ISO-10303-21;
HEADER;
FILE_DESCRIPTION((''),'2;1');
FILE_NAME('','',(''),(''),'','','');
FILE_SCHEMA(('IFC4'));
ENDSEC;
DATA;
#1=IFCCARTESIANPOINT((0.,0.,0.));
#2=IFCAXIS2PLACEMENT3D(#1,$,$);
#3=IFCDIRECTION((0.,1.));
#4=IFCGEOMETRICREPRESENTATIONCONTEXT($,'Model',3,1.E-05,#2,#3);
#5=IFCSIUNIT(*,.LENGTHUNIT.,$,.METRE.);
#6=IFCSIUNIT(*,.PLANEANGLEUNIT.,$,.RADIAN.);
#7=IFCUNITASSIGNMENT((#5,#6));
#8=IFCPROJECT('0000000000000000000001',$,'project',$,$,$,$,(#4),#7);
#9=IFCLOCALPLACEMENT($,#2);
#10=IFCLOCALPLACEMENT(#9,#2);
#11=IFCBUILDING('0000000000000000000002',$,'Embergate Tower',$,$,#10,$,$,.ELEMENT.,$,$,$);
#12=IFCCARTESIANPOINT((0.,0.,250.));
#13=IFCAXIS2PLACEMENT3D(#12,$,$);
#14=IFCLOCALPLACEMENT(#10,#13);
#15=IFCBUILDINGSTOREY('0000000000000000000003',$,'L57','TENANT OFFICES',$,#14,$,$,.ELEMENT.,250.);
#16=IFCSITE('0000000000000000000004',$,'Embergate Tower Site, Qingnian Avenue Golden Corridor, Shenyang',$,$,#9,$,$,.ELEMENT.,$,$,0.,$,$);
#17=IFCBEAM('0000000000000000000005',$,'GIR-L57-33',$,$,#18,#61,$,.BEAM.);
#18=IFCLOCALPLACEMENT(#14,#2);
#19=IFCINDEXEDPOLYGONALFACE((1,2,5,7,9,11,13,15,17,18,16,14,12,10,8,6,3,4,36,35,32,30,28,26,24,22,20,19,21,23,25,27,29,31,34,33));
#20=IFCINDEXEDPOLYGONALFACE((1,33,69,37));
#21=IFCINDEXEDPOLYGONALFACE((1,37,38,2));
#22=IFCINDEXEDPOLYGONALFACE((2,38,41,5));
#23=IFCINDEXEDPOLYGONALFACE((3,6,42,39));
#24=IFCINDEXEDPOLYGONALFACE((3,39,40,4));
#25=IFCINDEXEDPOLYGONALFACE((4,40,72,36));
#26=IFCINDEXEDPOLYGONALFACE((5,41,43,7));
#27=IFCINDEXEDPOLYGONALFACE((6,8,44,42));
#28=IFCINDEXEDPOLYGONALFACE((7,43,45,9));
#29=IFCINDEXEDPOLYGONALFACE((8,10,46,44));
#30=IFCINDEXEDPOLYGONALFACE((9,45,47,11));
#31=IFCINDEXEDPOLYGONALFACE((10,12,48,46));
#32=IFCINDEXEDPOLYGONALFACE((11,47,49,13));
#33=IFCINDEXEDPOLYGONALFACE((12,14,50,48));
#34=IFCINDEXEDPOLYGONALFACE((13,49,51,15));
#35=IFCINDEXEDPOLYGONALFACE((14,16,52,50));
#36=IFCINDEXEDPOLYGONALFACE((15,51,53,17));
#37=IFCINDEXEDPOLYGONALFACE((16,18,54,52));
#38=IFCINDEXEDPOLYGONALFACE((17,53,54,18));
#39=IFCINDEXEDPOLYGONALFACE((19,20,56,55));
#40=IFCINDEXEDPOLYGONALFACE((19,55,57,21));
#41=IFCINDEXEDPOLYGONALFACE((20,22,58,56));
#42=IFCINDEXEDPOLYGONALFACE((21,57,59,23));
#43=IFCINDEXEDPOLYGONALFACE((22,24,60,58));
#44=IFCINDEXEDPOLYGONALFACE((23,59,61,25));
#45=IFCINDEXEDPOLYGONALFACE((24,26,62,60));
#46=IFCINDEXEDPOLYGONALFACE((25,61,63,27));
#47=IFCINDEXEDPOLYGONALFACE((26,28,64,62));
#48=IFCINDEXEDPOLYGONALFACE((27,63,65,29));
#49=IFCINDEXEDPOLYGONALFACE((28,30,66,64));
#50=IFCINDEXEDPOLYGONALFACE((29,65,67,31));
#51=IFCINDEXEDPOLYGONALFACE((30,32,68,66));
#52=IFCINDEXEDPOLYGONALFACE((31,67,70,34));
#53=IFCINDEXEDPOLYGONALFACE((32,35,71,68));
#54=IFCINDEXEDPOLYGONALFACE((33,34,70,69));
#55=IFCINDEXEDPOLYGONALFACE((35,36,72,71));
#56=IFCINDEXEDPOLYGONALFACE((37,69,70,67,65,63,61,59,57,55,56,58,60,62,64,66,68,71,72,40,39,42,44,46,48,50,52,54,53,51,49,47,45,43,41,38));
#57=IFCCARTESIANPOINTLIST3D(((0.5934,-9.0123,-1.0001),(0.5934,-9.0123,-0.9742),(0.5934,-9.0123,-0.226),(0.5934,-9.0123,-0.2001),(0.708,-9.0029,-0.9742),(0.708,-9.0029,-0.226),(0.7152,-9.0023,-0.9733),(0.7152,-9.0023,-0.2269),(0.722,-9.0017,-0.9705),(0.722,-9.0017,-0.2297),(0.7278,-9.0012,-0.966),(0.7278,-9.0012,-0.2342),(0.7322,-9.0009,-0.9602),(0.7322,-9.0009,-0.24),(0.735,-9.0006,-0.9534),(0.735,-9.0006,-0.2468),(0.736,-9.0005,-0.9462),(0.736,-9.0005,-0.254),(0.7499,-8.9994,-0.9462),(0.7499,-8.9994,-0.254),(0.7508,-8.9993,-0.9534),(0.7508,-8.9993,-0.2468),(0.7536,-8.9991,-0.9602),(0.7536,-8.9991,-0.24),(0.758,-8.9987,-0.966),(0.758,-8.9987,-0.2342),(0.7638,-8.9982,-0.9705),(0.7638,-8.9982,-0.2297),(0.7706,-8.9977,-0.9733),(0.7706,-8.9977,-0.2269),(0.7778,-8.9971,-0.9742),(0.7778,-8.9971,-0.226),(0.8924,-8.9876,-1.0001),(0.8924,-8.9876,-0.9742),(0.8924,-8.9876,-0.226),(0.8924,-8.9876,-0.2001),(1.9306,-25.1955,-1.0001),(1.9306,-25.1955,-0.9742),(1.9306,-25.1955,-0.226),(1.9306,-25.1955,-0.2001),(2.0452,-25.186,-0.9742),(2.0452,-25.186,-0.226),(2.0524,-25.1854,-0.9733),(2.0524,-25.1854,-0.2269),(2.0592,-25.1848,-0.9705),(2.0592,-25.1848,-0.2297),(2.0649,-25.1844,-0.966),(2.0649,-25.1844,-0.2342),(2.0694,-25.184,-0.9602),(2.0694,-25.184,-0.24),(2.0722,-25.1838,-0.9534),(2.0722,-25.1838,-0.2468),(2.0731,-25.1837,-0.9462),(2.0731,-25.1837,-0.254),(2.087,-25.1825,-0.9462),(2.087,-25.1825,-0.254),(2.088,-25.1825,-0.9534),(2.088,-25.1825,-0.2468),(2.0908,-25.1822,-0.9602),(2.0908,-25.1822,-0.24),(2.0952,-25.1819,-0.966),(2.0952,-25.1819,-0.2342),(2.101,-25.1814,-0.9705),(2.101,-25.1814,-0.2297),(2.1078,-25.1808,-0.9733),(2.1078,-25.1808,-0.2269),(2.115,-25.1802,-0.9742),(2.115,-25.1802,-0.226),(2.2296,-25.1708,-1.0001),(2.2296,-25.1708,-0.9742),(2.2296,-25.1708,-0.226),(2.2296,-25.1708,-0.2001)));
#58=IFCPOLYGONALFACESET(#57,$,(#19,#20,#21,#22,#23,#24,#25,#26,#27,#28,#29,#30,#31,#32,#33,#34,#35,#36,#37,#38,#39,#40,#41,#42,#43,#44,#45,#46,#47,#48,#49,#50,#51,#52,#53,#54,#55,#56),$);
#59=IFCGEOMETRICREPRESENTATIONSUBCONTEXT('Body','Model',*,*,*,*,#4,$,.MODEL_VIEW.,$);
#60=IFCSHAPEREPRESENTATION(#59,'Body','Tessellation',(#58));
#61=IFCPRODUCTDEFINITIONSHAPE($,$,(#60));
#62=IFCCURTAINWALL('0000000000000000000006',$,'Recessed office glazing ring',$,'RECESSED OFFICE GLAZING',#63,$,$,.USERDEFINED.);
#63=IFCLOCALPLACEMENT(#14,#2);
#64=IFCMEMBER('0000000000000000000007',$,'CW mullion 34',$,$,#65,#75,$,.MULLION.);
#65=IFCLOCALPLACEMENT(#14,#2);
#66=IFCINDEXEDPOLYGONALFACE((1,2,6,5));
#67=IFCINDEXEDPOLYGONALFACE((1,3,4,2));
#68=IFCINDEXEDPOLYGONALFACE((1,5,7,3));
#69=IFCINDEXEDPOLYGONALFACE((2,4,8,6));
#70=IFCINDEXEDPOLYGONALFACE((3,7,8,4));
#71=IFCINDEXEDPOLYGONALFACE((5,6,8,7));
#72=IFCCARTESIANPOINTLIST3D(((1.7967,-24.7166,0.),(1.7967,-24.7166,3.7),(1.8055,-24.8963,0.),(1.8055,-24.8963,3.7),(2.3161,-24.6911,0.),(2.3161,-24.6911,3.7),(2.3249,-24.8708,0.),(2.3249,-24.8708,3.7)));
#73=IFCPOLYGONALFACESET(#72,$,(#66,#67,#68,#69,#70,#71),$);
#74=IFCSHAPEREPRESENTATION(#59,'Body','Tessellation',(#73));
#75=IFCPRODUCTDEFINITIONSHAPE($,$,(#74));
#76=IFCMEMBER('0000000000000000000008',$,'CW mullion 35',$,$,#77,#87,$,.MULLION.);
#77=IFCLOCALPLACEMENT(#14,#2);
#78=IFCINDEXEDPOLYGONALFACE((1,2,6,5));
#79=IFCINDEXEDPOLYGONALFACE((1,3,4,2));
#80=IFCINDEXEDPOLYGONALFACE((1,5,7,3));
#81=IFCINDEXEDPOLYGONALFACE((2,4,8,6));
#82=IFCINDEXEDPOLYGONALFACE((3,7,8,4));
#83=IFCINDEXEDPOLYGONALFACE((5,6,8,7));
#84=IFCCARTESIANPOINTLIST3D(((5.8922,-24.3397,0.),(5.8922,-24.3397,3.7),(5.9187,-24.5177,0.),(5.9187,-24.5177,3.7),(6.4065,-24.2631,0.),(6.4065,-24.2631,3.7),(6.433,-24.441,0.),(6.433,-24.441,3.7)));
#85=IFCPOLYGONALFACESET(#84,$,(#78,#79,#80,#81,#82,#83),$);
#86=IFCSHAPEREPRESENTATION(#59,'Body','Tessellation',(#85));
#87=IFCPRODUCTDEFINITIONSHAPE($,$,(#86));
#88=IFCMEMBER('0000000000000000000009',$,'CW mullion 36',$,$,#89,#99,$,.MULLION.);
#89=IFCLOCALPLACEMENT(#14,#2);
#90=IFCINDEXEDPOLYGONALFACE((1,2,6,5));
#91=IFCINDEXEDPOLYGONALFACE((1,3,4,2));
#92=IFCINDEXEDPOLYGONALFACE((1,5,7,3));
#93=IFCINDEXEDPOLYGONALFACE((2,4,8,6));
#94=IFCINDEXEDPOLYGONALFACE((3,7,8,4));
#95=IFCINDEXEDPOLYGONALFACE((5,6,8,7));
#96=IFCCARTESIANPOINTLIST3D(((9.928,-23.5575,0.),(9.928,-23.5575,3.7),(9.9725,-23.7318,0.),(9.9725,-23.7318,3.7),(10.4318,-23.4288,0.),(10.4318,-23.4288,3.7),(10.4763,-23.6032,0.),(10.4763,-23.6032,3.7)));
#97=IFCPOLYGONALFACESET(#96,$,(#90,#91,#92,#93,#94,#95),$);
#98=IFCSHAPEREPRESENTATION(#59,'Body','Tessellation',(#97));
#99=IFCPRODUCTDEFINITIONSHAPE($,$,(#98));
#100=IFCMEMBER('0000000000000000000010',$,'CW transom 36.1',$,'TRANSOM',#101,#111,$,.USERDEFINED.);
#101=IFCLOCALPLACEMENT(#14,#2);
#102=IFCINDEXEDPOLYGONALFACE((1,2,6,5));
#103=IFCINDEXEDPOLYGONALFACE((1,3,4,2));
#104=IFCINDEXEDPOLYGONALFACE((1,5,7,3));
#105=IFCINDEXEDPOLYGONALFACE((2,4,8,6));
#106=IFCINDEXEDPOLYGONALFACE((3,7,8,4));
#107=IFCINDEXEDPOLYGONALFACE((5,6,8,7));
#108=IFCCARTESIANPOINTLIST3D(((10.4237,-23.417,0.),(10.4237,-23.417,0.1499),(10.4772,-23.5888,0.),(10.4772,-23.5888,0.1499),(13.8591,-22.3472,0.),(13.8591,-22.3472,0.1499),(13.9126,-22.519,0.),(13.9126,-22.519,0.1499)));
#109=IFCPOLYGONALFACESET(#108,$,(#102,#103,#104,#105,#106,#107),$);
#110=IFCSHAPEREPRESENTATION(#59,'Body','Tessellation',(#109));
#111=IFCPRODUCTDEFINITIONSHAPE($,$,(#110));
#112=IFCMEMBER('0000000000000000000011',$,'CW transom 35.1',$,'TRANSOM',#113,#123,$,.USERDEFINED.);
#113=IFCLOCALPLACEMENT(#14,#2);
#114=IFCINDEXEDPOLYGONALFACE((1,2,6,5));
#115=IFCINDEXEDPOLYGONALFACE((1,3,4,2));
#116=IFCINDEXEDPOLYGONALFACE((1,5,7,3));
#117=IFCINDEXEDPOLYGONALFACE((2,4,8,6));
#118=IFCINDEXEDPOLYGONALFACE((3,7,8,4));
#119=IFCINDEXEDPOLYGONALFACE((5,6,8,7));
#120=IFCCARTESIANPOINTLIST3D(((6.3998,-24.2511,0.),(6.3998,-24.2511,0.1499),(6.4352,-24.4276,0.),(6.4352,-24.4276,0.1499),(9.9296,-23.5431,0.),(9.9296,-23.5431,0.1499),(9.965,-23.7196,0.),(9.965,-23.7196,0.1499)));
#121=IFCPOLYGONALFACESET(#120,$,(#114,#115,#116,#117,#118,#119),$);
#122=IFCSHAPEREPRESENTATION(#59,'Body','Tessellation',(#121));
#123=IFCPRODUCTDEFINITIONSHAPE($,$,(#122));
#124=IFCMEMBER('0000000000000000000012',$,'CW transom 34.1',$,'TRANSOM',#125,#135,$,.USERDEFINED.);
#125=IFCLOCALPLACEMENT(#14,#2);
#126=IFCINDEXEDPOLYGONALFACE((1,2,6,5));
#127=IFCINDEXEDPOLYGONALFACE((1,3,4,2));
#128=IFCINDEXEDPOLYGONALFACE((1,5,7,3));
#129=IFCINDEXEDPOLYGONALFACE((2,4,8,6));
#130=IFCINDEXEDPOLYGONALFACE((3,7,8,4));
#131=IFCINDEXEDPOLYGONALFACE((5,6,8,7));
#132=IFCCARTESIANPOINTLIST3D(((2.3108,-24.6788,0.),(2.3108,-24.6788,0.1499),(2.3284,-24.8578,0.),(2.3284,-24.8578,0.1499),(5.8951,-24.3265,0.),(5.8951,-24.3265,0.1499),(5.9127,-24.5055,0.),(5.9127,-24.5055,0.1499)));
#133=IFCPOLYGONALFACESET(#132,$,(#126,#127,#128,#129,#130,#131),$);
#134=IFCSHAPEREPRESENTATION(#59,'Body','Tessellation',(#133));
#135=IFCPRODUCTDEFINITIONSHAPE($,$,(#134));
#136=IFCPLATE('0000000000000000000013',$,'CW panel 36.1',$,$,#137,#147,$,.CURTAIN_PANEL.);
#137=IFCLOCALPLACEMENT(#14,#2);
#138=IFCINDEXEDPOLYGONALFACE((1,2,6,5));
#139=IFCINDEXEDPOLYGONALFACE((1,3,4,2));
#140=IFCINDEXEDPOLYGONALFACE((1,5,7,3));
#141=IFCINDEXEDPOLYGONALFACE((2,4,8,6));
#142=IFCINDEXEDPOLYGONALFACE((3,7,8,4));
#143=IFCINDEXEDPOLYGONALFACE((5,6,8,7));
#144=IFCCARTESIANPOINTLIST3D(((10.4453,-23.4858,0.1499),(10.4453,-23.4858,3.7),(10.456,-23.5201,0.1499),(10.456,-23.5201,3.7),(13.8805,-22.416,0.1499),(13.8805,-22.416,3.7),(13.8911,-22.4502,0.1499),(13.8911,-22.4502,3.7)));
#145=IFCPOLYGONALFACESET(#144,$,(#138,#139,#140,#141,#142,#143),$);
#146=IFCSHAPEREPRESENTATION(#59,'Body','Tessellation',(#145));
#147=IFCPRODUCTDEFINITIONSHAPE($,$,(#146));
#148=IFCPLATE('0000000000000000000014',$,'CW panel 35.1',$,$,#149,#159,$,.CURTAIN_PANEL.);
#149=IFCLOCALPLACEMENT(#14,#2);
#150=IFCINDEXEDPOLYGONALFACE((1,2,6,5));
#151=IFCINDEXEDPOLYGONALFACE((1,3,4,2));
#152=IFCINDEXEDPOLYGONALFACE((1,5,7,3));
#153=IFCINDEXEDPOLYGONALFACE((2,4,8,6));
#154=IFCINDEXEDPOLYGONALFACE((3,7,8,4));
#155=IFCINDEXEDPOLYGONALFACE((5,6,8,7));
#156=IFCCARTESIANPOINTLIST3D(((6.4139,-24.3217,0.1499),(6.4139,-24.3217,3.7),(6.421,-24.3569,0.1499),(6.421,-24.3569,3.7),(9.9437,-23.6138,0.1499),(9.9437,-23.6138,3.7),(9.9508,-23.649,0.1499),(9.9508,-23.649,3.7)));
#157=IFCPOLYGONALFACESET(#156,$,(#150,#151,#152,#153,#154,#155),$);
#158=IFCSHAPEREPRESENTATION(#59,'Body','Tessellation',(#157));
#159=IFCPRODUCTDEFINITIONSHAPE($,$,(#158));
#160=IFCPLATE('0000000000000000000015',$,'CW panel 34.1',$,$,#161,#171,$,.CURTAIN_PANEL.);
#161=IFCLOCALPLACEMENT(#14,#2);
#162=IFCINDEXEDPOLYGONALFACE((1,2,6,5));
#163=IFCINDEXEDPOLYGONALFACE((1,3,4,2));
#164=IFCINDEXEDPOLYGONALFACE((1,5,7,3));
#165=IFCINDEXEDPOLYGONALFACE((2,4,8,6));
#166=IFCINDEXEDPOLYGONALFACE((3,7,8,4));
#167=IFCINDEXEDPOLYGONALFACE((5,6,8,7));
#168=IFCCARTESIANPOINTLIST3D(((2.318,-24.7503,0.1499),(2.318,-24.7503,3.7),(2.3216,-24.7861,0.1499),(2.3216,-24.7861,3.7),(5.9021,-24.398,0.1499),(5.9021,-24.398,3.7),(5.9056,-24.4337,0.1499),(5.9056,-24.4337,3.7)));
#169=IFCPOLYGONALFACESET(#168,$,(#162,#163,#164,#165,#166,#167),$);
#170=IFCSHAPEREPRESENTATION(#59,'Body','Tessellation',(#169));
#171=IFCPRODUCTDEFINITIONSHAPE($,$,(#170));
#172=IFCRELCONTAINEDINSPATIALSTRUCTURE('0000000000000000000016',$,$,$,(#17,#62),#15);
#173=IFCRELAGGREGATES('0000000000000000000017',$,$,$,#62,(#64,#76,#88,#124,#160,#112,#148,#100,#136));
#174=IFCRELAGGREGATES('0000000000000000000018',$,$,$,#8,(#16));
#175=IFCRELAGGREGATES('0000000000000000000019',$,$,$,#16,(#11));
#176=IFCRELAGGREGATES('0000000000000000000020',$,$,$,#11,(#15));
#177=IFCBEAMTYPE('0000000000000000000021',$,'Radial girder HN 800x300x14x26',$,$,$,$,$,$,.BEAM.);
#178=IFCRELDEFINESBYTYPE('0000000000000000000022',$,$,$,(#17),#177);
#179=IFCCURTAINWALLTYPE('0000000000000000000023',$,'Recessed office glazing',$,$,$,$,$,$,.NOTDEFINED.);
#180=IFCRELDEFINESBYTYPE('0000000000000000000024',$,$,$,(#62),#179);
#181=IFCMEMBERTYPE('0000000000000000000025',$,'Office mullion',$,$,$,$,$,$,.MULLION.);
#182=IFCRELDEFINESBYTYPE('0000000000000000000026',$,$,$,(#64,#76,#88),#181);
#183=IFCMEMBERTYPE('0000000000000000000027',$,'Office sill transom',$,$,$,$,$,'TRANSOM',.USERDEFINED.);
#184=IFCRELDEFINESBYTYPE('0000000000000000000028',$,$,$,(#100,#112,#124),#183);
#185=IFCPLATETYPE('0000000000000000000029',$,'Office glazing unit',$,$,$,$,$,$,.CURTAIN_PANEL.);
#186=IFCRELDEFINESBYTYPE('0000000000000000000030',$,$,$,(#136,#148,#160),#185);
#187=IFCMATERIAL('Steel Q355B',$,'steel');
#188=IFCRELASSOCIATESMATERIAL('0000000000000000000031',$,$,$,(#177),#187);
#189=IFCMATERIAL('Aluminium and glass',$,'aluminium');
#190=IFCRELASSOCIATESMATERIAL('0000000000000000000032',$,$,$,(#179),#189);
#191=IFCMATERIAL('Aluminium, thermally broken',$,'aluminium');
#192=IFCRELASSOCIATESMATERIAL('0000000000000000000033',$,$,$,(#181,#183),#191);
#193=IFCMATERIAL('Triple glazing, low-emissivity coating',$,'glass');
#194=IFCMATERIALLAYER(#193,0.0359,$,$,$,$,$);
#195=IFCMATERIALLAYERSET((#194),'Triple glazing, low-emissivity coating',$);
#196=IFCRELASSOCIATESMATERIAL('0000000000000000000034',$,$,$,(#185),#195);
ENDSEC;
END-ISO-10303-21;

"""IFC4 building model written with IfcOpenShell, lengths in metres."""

from ifc_helpers import new_model, si_unit, direction, frame, origin, origin_2d, place, context, subcontext, project, spatial, rectangle, i_section, extrude, source, transform, mapped, material, layer, layer_set, material_profile, profile_set, type_object, element, aggregate, save


model = new_model("IFC4")

# Units and contexts
model_context = context("Model", 3, precision=1e-05, world=origin(), true_north=direction((0.0, 1.0)))
body_context = subcontext(model_context, "Body", "Model", "MODEL_VIEW")
ifc_project = project(units=[si_unit("LENGTHUNIT", "METRE"), si_unit("PLANEANGLEUNIT", "RADIAN")], contexts=[model_context])

# Site, building, storey
site_placement = place(None, origin())
site = spatial("IfcSite", under=ifc_project, at=site_placement, Name="Embergate Tower Site, Qingnian Avenue Golden Corridor, Shenyang", CompositionType="ELEMENT", RefElevation=0.0)
building_placement = place(site_placement, origin())
building = spatial("IfcBuilding", under=site, at=building_placement, Name="Embergate Tower", CompositionType="ELEMENT")
storey_placement = place(building_placement, frame((0.0, 0.0, 250.0)))
storey = spatial("IfcBuildingStorey", under=building, at=storey_placement, Name="L57", Description="TENANT OFFICES", CompositionType="ELEMENT", Elevation=250.0)

# Beam
ifc_material_1 = material(Name="Steel Q355B", Category="steel")
ifc_material_profile_1 = material_profile(ifc_material_1, i_section(OverallWidth=0.3, OverallDepth=0.8, WebThickness=0.0139, FlangeThickness=0.0259, FilletRadius=0.0281, at=origin_2d()), Name="HN 800x300x14x26")
ifc_profile_set_1 = profile_set([ifc_material_profile_1], Name="Steel Q355 grade B")
beam_type_1 = type_object("IfcBeamType", Name="Radial girder HN 800x300x14x26", PredefinedType="BEAM", material=ifc_profile_set_1)
shared_shape_1 = source(origin(), body_context, "Body", "SweptSolid", [
    extrude(i_section(OverallWidth=0.3, OverallDepth=0.8, WebThickness=0.0139, FlangeThickness=0.0259, FilletRadius=0.0281, at=origin_2d()), origin(), (0.0, 0.0, 1.0), 16.2383),
])
beam_1_placement = place(storey_placement, frame((2.0801, -25.1831, -0.6001), z_axis=(-0.082346, 0.996604, 0.0), x_axis=(-0.996604, -0.082346, 0.0)))
element("IfcBeam", 1, at=beam_1_placement, inside=storey, type_object=beam_type_1, Name="GIR-L57-33", PredefinedType="BEAM", context=body_context, shape_type="MappedRepresentation", body=[
    mapped(shared_shape_1, transform((0.0, 0.0, 0.0))),
])

# Curtain wall, members, plates
ifc_material_2 = material(Name="Aluminium and glass", Category="aluminium")
curtain_wall_type = type_object("IfcCurtainWallType", Name="Recessed office glazing", PredefinedType="NOTDEFINED", material=ifc_material_2)
curtain_wall_placement = place(storey_placement, origin())
curtain_wall = element("IfcCurtainWall", 2, at=curtain_wall_placement, inside=storey, type_object=curtain_wall_type, Name="Recessed office glazing ring", ObjectType="RECESSED OFFICE GLAZING", PredefinedType="USERDEFINED")
ifc_material_3 = material(Name="Aluminium, thermally broken", Category="aluminium")
ifc_material_profile_2 = material_profile(ifc_material_3, rectangle(XDim=0.1799, YDim=0.52, at=origin_2d()), Name="AL 520x180")
ifc_profile_set_2 = profile_set([ifc_material_profile_2], Name="Aluminium, thermally broken")
member_type_1 = type_object("IfcMemberType", Name="Office mullion", PredefinedType="MULLION", material=ifc_profile_set_2)
shared_shape_2 = source(origin(), body_context, "Body", "SweptSolid", [
    extrude(rectangle(XDim=0.1799, YDim=0.52, at=origin_2d()), origin(), (0.0, 0.0, 1.0), 3.7),
])
member_1_placement = place(storey_placement, frame((2.0608, -24.7937, 0.0), z_axis=(0.0, 0.0, 1.0), x_axis=(-0.048972, 0.9988, 0.0)))
member_1 = element("IfcMember", 3, at=member_1_placement, type_object=member_type_1, Name="CW mullion 34", PredefinedType="MULLION", context=body_context, shape_type="MappedRepresentation", body=[
    mapped(shared_shape_2, transform((0.0, 0.0, 0.0))),
])
member_2_placement = place(storey_placement, frame((6.1626, -24.3904, 0.0), z_axis=(0.0, 0.0, 1.0), x_axis=(-0.147412, 0.989075, 0.0)))
member_2 = element("IfcMember", 4, at=member_2_placement, type_object=member_type_1, Name="CW mullion 35", PredefinedType="MULLION", context=body_context, shape_type="MappedRepresentation", body=[
    mapped(shared_shape_2, transform((0.0, 0.0, 0.0))),
])
member_3_placement = place(storey_placement, frame((10.2021, -23.5803, 0.0), z_axis=(0.0, 0.0, 1.0), x_axis=(-0.247312, 0.968936, 0.0)))
member_3 = element("IfcMember", 5, at=member_3_placement, type_object=member_type_1, Name="CW mullion 36", PredefinedType="MULLION", context=body_context, shape_type="MappedRepresentation", body=[
    mapped(shared_shape_2, transform((0.0, 0.0, 0.0))),
])
ifc_material_profile_3 = material_profile(ifc_material_3, rectangle(XDim=0.1799, YDim=0.1499, at=origin_2d()), Name="AL 150x180")
ifc_profile_set_3 = profile_set([ifc_material_profile_3], Name="Aluminium, thermally broken")
member_type_2 = type_object("IfcMemberType", Name="Office sill transom", ElementType="TRANSOM", PredefinedType="USERDEFINED", material=ifc_profile_set_3)
shared_shape_3 = source(origin(), body_context, "Body", "SweptSolid", [
    extrude(rectangle(XDim=0.1799, YDim=0.1499, at=origin_2d()), origin(), (0.0, 0.0, 1.0), 3.5981),
])
member_4_placement = place(storey_placement, frame((10.4504, -23.5029, 0.075), z_axis=(0.954773, 0.297336, 0.0), x_axis=(-0.297336, 0.954773, 0.0)))
member_4 = element("IfcMember", 6, at=member_4_placement, type_object=member_type_2, Name="CW transom 36.1", ObjectType="TRANSOM", PredefinedType="USERDEFINED", context=body_context, shape_type="MappedRepresentation", body=[
    mapped(shared_shape_3, transform((0.0, 0.0, 0.0))),
])
shared_shape_4 = source(origin(), body_context, "Body", "SweptSolid", [
    extrude(rectangle(XDim=0.1799, YDim=0.1499, at=origin_2d()), origin(), (0.0, 0.0, 1.0), 3.6001),
])
member_5_placement = place(storey_placement, frame((6.4175, -24.3394, 0.075), z_axis=(0.980471, 0.196664, 0.0), x_axis=(-0.196664, 0.980471, 0.0)))
member_5 = element("IfcMember", 7, at=member_5_placement, type_object=member_type_2, Name="CW transom 35.1", ObjectType="TRANSOM", PredefinedType="USERDEFINED", context=body_context, shape_type="MappedRepresentation", body=[
    mapped(shared_shape_4, transform((0.0, 0.0, 0.0))),
])
shared_shape_5 = source(origin(), body_context, "Body", "SweptSolid", [
    extrude(rectangle(XDim=0.1799, YDim=0.1499, at=origin_2d()), origin(), (0.0, 0.0, 1.0), 3.6016),
])
member_6_placement = place(storey_placement, frame((2.3196, -24.7683, 0.075), z_axis=(0.995204, 0.097819, 0.0), x_axis=(-0.097819, 0.995204, 0.0)))
member_6 = element("IfcMember", 8, at=member_6_placement, type_object=member_type_2, Name="CW transom 34.1", ObjectType="TRANSOM", PredefinedType="USERDEFINED", context=body_context, shape_type="MappedRepresentation", body=[
    mapped(shared_shape_5, transform((0.0, 0.0, 0.0))),
])
ifc_material_4 = material(Name="Triple glazing, low-emissivity coating", Category="glass")
ifc_layer_1 = layer(ifc_material_4, 0.0359)
ifc_layer_set_1 = layer_set([ifc_layer_1], Name="Triple glazing, low-emissivity coating")
plate_type = type_object("IfcPlateType", Name="Office glazing unit", PredefinedType="CURTAIN_PANEL", material=ifc_layer_set_1)
shared_shape_6 = source(origin(), body_context, "Body", "SweptSolid", [
    extrude(rectangle(XDim=3.5979, YDim=0.0359, at=origin_2d()), origin(), (0.0, 0.0, 1.0), 3.55),
])
plate_1_placement = place(storey_placement, frame((12.1682, -22.968, 0.1499), z_axis=(0.0, 0.0, 1.0), x_axis=(0.954771, 0.297342, 0.0)))
plate_1 = element("IfcPlate", 9, at=plate_1_placement, type_object=plate_type, Name="CW panel 36.1", PredefinedType="CURTAIN_PANEL", context=body_context, shape_type="MappedRepresentation", body=[
    mapped(shared_shape_6, transform((0.0, 0.0, 0.0))),
])
shared_shape_7 = source(origin(), body_context, "Body", "SweptSolid", [
    extrude(rectangle(XDim=3.6001, YDim=0.0359, at=origin_2d()), origin(), (0.0, 0.0, 1.0), 3.55),
])
plate_2_placement = place(storey_placement, frame((8.1824, -23.9854, 0.1499), z_axis=(0.0, 0.0, 1.0), x_axis=(0.980476, 0.196641, 0.0)))
plate_2 = element("IfcPlate", 10, at=plate_2_placement, type_object=plate_type, Name="CW panel 35.1", PredefinedType="CURTAIN_PANEL", context=body_context, shape_type="MappedRepresentation", body=[
    mapped(shared_shape_7, transform((0.0, 0.0, 0.0))),
])
shared_shape_8 = source(origin(), body_context, "Body", "SweptSolid", [
    extrude(rectangle(XDim=3.6013, YDim=0.0359, at=origin_2d()), origin(), (0.0, 0.0, 1.0), 3.55),
])
plate_3_placement = place(storey_placement, frame((4.1118, -24.592, 0.1499), z_axis=(0.0, 0.0, 1.0), x_axis=(0.995203, 0.09783, 0.0)))
plate_3 = element("IfcPlate", 11, at=plate_3_placement, type_object=plate_type, Name="CW panel 34.1", PredefinedType="CURTAIN_PANEL", context=body_context, shape_type="MappedRepresentation", body=[
    mapped(shared_shape_8, transform((0.0, 0.0, 0.0))),
])
aggregate(curtain_wall, [member_1, member_2, member_3, member_6, plate_3, member_5, plate_2, member_4, plate_1])

save(model, "model.ifc")
